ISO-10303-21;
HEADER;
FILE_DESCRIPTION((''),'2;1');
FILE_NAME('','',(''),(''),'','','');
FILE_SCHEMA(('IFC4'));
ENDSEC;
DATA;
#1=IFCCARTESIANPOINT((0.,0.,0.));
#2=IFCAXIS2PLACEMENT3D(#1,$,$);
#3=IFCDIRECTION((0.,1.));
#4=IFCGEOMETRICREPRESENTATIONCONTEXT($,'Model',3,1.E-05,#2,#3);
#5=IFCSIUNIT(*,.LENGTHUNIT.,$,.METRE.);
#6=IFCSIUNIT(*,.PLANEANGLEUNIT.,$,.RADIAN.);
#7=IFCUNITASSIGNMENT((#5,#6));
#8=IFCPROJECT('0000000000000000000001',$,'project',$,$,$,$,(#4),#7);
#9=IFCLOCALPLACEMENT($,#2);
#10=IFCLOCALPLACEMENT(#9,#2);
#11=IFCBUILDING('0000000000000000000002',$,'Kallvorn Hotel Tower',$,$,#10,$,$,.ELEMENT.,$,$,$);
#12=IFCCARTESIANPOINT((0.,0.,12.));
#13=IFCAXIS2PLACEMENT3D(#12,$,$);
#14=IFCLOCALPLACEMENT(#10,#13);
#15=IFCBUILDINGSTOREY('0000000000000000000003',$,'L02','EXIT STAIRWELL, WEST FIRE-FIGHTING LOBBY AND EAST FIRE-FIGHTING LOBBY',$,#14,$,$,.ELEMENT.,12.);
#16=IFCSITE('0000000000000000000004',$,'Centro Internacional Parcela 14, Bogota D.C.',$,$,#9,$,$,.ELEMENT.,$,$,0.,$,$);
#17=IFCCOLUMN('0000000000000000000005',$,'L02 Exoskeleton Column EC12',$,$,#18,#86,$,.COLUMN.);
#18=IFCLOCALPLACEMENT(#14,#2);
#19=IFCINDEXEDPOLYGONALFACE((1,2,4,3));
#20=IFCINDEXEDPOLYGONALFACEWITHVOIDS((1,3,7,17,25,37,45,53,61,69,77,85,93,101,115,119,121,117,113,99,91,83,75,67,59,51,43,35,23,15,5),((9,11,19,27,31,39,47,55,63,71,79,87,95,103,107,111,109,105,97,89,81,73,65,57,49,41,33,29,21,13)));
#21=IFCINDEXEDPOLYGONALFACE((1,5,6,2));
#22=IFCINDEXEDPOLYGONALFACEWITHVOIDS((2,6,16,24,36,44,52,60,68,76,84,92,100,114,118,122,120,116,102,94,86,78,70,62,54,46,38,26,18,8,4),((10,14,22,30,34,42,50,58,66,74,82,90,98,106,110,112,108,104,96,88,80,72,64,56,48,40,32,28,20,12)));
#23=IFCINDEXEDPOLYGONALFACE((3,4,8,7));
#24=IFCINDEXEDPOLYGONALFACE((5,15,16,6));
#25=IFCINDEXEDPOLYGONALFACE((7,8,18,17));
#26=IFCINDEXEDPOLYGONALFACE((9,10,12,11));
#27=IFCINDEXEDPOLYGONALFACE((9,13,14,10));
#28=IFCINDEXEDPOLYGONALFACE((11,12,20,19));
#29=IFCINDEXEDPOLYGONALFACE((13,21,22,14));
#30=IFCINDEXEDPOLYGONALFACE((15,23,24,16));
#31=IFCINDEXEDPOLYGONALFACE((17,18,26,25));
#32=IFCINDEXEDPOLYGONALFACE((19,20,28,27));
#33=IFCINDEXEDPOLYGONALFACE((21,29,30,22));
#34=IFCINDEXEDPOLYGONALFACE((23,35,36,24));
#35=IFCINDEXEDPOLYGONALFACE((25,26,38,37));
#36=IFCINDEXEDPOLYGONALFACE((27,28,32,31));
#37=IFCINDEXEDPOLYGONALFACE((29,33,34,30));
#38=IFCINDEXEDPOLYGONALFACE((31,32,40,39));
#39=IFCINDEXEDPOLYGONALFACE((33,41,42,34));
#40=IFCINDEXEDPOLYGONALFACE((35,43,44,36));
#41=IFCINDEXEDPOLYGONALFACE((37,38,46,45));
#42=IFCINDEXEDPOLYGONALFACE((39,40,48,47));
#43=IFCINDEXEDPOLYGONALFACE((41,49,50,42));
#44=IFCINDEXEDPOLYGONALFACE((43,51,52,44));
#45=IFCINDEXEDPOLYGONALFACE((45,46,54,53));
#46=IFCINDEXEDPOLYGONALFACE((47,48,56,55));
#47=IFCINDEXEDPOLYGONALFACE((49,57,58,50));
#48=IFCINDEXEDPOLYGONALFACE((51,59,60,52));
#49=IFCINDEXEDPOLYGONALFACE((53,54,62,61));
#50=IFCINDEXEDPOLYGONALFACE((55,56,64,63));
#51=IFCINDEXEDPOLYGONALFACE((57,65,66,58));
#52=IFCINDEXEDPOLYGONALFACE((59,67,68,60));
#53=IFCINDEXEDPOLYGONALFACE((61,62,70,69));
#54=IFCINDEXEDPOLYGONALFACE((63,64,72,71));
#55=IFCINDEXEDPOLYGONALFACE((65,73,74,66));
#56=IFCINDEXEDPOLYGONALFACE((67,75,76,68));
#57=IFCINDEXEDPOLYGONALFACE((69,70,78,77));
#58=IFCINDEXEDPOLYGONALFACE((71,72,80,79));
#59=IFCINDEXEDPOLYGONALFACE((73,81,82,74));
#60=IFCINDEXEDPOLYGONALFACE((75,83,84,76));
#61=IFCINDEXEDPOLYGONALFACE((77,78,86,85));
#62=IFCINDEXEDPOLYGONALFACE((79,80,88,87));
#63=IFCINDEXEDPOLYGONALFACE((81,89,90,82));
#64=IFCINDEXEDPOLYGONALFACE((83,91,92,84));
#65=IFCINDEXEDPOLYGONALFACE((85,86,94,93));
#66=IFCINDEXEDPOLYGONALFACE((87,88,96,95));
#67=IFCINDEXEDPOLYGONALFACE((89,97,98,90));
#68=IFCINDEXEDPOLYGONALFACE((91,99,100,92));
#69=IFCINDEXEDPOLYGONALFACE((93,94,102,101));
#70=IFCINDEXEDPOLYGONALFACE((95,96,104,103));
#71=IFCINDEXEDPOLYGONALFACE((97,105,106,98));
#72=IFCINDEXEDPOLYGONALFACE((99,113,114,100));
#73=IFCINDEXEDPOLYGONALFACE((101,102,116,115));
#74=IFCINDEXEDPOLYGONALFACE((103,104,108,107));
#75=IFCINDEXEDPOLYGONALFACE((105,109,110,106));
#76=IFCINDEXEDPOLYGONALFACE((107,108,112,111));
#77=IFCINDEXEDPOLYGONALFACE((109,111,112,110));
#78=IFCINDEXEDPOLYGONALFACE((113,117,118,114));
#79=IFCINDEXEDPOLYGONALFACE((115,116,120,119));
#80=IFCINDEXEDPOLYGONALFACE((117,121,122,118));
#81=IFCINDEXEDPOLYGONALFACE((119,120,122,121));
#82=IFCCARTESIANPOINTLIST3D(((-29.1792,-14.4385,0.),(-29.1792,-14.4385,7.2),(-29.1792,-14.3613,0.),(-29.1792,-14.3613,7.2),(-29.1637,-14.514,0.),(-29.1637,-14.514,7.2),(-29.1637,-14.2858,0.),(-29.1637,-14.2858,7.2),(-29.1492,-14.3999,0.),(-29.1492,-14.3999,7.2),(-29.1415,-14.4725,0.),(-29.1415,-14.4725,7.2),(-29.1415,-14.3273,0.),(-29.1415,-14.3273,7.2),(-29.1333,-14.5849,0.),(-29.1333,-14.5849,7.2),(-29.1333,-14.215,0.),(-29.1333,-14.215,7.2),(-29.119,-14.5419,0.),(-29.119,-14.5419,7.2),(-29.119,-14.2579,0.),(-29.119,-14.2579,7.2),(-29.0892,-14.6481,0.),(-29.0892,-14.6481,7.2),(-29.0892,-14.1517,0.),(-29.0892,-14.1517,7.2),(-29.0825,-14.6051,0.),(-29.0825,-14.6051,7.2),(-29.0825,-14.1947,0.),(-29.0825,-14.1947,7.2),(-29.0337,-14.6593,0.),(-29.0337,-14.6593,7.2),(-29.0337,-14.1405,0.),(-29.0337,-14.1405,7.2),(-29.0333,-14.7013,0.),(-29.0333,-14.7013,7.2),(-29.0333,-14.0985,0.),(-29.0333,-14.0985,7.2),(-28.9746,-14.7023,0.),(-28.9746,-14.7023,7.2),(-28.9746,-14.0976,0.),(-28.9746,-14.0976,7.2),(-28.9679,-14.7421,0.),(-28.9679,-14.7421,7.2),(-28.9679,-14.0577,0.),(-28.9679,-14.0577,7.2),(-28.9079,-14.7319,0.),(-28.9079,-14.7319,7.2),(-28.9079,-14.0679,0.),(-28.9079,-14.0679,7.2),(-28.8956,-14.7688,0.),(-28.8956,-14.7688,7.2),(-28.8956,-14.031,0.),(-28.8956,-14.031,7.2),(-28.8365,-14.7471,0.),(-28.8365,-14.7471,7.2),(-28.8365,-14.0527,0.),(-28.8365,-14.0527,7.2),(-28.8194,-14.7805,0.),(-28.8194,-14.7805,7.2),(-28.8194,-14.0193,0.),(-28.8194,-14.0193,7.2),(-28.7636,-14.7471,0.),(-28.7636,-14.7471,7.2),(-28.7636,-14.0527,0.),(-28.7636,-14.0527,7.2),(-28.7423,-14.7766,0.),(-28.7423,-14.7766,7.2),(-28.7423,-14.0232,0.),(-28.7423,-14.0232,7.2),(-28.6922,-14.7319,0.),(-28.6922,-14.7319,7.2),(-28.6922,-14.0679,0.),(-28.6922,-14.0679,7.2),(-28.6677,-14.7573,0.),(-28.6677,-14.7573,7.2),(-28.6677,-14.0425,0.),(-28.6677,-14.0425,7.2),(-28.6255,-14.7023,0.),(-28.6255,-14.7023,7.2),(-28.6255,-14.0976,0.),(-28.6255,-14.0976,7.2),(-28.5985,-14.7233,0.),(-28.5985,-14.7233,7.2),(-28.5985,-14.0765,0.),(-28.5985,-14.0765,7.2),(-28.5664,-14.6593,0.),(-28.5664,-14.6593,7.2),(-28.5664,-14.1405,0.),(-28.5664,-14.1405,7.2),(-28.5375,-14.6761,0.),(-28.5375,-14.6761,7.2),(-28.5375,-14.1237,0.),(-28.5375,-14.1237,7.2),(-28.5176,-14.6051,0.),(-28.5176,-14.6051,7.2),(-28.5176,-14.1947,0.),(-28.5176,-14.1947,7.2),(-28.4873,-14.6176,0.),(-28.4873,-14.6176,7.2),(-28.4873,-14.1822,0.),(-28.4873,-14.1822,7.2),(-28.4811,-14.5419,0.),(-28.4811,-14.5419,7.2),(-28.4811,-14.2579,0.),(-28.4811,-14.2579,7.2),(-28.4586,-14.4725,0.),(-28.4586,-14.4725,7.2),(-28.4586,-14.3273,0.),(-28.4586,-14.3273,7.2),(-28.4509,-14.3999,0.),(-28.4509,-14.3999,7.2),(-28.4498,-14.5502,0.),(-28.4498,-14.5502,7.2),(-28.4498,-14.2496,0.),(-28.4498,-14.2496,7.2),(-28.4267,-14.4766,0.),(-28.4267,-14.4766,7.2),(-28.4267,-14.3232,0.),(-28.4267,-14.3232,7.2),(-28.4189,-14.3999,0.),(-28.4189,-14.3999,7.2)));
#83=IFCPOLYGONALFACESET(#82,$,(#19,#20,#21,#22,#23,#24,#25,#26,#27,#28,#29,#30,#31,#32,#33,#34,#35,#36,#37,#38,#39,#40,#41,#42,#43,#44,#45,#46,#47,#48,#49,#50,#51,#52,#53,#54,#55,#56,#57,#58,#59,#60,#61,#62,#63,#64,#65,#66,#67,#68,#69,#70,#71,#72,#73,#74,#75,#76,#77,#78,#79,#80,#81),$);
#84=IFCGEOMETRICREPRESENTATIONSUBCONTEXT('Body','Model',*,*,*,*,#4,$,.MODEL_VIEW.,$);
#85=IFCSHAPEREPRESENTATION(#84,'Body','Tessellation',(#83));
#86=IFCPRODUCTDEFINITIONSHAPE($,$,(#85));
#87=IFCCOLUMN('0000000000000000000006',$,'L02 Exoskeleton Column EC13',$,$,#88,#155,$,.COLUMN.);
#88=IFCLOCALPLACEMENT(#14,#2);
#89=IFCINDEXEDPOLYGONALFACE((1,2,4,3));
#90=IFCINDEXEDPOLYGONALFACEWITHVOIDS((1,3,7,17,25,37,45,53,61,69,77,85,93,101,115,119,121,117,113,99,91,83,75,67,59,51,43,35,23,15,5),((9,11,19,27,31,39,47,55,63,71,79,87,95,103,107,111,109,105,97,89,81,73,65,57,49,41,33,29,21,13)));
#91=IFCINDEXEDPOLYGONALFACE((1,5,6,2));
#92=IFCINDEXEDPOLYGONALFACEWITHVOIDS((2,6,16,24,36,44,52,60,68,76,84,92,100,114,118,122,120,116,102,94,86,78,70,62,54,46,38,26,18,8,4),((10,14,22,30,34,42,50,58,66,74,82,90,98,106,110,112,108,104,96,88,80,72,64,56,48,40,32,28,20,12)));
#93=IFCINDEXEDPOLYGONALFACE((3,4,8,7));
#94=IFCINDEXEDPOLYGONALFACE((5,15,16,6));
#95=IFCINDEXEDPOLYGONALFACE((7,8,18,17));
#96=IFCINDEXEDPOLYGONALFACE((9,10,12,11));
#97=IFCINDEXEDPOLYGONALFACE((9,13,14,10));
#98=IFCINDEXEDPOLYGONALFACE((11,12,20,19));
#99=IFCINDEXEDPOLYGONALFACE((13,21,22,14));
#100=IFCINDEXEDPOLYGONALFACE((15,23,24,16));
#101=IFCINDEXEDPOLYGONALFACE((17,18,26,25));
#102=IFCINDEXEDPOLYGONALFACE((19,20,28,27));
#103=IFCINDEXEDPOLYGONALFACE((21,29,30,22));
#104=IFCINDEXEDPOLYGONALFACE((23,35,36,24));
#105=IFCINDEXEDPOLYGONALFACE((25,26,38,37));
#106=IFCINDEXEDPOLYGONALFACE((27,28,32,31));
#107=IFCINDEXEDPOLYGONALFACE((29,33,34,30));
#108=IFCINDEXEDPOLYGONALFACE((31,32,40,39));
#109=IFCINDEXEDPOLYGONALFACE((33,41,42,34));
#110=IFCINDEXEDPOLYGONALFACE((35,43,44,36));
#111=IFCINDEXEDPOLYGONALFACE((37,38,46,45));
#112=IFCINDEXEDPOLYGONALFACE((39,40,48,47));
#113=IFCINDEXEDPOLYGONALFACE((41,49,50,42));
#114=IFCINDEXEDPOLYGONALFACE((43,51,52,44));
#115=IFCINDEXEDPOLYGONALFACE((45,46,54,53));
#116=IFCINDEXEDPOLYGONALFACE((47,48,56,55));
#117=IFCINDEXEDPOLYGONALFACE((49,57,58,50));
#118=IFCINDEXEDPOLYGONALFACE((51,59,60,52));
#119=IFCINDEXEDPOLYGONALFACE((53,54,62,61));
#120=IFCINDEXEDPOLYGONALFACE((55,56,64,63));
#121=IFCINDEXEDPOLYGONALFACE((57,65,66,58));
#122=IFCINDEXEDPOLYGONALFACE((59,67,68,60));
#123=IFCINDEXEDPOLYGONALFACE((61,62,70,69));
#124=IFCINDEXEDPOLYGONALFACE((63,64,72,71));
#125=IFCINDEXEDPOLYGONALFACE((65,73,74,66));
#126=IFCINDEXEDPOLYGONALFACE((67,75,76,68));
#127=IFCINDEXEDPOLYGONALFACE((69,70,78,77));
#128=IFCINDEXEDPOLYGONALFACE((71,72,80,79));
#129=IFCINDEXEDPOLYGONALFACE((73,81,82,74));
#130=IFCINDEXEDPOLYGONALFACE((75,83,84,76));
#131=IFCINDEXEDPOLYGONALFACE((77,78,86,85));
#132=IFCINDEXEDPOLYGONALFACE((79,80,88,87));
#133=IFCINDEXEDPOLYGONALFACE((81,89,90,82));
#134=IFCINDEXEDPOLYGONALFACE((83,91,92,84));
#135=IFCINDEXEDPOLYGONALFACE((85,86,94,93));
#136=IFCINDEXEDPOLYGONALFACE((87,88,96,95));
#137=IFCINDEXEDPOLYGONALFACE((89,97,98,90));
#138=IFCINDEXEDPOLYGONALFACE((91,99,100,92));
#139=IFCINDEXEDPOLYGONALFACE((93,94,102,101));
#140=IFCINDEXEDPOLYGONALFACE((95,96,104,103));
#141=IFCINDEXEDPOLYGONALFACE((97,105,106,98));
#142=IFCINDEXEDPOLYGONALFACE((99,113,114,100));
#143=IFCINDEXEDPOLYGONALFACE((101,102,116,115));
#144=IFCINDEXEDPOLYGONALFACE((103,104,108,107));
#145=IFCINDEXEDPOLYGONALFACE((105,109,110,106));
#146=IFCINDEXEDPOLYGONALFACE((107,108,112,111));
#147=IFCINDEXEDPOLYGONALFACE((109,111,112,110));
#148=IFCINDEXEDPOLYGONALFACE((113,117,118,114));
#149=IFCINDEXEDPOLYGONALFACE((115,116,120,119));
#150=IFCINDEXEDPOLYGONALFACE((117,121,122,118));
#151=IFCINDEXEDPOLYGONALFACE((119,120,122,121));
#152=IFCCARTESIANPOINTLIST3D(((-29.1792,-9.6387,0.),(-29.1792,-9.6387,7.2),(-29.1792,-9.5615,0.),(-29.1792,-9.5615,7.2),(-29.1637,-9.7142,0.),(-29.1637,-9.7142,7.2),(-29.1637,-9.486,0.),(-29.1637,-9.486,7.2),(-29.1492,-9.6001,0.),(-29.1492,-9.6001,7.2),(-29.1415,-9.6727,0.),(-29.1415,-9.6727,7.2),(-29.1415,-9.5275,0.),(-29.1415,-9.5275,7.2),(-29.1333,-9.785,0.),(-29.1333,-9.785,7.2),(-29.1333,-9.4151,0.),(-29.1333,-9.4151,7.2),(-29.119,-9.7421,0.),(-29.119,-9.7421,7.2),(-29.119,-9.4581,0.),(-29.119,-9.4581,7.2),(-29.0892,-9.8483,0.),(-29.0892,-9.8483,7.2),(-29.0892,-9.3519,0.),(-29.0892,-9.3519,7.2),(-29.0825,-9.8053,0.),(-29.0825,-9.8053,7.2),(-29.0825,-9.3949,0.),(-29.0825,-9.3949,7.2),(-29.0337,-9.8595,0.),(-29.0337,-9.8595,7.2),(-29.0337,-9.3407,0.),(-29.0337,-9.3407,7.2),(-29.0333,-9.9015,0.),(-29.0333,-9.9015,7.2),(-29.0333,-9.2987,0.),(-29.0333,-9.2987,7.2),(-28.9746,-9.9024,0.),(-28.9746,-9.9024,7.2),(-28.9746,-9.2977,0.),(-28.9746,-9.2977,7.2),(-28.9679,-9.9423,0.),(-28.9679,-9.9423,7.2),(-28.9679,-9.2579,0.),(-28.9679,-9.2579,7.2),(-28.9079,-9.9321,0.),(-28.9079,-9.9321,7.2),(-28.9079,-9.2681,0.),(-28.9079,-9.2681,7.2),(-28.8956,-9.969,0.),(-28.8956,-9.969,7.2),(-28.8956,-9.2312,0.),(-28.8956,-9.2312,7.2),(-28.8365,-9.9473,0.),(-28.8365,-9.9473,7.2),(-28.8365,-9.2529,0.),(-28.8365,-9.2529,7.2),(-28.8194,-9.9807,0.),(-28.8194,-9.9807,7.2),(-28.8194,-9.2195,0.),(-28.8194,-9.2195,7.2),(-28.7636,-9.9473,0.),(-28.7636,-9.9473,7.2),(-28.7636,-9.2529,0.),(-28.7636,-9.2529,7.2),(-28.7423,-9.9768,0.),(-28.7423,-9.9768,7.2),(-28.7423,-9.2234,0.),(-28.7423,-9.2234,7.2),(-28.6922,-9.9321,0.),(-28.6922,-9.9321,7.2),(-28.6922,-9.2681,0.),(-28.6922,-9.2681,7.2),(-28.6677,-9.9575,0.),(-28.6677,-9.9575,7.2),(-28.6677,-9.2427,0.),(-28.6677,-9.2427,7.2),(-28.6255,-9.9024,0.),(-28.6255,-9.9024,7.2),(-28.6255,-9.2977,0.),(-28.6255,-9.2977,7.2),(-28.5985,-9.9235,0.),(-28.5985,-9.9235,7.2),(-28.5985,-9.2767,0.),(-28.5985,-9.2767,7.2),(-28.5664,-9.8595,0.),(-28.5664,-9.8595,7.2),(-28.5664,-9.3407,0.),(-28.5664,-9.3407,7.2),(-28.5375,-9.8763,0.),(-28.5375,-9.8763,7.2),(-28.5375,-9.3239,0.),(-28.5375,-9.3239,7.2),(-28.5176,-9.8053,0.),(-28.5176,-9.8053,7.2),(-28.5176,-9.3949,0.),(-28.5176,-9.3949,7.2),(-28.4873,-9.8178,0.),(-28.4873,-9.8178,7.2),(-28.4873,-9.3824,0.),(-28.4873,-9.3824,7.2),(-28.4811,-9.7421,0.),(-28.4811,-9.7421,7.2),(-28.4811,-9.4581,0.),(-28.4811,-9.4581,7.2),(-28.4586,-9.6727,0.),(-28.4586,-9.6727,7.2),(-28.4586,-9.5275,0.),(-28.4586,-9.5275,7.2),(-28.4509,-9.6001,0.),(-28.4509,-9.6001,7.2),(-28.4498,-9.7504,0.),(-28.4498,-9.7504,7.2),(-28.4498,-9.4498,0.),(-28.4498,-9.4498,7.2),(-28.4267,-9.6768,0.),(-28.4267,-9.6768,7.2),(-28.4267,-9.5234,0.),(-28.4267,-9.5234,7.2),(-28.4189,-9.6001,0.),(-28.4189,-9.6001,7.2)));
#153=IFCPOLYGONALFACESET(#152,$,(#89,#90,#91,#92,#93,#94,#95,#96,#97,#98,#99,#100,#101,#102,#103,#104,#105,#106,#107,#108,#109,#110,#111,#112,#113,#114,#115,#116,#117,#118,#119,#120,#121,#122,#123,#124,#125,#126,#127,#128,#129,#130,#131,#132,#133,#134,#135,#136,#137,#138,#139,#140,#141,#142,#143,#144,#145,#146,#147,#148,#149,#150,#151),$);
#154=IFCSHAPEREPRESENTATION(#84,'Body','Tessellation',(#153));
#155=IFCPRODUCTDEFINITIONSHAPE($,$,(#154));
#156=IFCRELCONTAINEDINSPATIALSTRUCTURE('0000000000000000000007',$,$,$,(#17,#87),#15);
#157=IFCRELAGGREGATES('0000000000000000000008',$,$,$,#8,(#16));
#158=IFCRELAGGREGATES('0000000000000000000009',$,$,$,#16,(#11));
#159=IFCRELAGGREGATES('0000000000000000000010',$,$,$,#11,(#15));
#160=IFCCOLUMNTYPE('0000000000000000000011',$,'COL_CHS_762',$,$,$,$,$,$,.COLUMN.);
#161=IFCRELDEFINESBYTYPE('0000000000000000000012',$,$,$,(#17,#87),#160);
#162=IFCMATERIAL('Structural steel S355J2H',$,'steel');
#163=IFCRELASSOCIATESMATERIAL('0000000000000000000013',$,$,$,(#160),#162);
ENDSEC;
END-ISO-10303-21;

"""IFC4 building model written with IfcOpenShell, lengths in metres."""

from ifc_helpers import new_model, si_unit, direction, frame, origin, origin_2d, place, context, subcontext, project, spatial, hollow_circle, extrude, material, material_profile, profile_set, type_object, element, save


model = new_model("IFC4")

# Units and contexts
model_context = context("Model", 3, precision=1e-05, world=origin(), true_north=direction((0.0, 1.0)))
body_context = subcontext(model_context, "Body", "Model", "MODEL_VIEW")
ifc_project = project(units=[si_unit("LENGTHUNIT", "METRE"), si_unit("PLANEANGLEUNIT", "RADIAN")], contexts=[model_context])

# Site, building, storey
site_placement = place(None, origin())
site = spatial("IfcSite", under=ifc_project, at=site_placement, Name="Centro Internacional Parcela 14, Bogota D.C.", CompositionType="ELEMENT", RefElevation=0.0)
building_placement = place(site_placement, origin())
building = spatial("IfcBuilding", under=site, at=building_placement, Name="Kallvorn Hotel Tower", CompositionType="ELEMENT")
storey_placement = place(building_placement, frame((0.0, 0.0, 12.0)))
storey = spatial("IfcBuildingStorey", under=building, at=storey_placement, Name="L02", Description="EXIT STAIRWELL, WEST FIRE-FIGHTING LOBBY AND EAST FIRE-FIGHTING LOBBY", CompositionType="ELEMENT", Elevation=12.0)

# Columns
ifc_material_1 = material(Name="Structural steel S355J2H", Category="steel")
ifc_material_profile_1 = material_profile(ifc_material_1, hollow_circle(Radius=0.3811, WallThickness=0.032, at=origin_2d()), Name="CHS 762x32")
ifc_profile_set_1 = profile_set([ifc_material_profile_1], Name="Structural steel S355J2H")
column_type = type_object("IfcColumnType", Name="COL_CHS_762", PredefinedType="COLUMN", material=ifc_profile_set_1)
for number, where, z_axis, x_axis, name in (
    (1, (-28.8, -14.3999, 0.0), (0.0, 0.0, 1.0), (1.0, 0.0, 0.0), "L02 Exoskeleton Column EC12"),
    (2, (-28.8, -9.6001, 0.0), (0.0, 0.0, 1.0), (1.0, 0.0, 0.0), "L02 Exoskeleton Column EC13"),
):
    element("IfcColumn", number, at=place(storey_placement, frame(where, z_axis=z_axis, x_axis=x_axis)), inside=storey, type_object=column_type, Name=name, PredefinedType="COLUMN", context=body_context, shape_type="SweptSolid", body=[
        extrude(hollow_circle(Radius=0.3811, WallThickness=0.032, at=origin_2d()), origin(), (0.0, 0.0, 1.0), 7.2),
    ])

save(model, "model.ifc")
